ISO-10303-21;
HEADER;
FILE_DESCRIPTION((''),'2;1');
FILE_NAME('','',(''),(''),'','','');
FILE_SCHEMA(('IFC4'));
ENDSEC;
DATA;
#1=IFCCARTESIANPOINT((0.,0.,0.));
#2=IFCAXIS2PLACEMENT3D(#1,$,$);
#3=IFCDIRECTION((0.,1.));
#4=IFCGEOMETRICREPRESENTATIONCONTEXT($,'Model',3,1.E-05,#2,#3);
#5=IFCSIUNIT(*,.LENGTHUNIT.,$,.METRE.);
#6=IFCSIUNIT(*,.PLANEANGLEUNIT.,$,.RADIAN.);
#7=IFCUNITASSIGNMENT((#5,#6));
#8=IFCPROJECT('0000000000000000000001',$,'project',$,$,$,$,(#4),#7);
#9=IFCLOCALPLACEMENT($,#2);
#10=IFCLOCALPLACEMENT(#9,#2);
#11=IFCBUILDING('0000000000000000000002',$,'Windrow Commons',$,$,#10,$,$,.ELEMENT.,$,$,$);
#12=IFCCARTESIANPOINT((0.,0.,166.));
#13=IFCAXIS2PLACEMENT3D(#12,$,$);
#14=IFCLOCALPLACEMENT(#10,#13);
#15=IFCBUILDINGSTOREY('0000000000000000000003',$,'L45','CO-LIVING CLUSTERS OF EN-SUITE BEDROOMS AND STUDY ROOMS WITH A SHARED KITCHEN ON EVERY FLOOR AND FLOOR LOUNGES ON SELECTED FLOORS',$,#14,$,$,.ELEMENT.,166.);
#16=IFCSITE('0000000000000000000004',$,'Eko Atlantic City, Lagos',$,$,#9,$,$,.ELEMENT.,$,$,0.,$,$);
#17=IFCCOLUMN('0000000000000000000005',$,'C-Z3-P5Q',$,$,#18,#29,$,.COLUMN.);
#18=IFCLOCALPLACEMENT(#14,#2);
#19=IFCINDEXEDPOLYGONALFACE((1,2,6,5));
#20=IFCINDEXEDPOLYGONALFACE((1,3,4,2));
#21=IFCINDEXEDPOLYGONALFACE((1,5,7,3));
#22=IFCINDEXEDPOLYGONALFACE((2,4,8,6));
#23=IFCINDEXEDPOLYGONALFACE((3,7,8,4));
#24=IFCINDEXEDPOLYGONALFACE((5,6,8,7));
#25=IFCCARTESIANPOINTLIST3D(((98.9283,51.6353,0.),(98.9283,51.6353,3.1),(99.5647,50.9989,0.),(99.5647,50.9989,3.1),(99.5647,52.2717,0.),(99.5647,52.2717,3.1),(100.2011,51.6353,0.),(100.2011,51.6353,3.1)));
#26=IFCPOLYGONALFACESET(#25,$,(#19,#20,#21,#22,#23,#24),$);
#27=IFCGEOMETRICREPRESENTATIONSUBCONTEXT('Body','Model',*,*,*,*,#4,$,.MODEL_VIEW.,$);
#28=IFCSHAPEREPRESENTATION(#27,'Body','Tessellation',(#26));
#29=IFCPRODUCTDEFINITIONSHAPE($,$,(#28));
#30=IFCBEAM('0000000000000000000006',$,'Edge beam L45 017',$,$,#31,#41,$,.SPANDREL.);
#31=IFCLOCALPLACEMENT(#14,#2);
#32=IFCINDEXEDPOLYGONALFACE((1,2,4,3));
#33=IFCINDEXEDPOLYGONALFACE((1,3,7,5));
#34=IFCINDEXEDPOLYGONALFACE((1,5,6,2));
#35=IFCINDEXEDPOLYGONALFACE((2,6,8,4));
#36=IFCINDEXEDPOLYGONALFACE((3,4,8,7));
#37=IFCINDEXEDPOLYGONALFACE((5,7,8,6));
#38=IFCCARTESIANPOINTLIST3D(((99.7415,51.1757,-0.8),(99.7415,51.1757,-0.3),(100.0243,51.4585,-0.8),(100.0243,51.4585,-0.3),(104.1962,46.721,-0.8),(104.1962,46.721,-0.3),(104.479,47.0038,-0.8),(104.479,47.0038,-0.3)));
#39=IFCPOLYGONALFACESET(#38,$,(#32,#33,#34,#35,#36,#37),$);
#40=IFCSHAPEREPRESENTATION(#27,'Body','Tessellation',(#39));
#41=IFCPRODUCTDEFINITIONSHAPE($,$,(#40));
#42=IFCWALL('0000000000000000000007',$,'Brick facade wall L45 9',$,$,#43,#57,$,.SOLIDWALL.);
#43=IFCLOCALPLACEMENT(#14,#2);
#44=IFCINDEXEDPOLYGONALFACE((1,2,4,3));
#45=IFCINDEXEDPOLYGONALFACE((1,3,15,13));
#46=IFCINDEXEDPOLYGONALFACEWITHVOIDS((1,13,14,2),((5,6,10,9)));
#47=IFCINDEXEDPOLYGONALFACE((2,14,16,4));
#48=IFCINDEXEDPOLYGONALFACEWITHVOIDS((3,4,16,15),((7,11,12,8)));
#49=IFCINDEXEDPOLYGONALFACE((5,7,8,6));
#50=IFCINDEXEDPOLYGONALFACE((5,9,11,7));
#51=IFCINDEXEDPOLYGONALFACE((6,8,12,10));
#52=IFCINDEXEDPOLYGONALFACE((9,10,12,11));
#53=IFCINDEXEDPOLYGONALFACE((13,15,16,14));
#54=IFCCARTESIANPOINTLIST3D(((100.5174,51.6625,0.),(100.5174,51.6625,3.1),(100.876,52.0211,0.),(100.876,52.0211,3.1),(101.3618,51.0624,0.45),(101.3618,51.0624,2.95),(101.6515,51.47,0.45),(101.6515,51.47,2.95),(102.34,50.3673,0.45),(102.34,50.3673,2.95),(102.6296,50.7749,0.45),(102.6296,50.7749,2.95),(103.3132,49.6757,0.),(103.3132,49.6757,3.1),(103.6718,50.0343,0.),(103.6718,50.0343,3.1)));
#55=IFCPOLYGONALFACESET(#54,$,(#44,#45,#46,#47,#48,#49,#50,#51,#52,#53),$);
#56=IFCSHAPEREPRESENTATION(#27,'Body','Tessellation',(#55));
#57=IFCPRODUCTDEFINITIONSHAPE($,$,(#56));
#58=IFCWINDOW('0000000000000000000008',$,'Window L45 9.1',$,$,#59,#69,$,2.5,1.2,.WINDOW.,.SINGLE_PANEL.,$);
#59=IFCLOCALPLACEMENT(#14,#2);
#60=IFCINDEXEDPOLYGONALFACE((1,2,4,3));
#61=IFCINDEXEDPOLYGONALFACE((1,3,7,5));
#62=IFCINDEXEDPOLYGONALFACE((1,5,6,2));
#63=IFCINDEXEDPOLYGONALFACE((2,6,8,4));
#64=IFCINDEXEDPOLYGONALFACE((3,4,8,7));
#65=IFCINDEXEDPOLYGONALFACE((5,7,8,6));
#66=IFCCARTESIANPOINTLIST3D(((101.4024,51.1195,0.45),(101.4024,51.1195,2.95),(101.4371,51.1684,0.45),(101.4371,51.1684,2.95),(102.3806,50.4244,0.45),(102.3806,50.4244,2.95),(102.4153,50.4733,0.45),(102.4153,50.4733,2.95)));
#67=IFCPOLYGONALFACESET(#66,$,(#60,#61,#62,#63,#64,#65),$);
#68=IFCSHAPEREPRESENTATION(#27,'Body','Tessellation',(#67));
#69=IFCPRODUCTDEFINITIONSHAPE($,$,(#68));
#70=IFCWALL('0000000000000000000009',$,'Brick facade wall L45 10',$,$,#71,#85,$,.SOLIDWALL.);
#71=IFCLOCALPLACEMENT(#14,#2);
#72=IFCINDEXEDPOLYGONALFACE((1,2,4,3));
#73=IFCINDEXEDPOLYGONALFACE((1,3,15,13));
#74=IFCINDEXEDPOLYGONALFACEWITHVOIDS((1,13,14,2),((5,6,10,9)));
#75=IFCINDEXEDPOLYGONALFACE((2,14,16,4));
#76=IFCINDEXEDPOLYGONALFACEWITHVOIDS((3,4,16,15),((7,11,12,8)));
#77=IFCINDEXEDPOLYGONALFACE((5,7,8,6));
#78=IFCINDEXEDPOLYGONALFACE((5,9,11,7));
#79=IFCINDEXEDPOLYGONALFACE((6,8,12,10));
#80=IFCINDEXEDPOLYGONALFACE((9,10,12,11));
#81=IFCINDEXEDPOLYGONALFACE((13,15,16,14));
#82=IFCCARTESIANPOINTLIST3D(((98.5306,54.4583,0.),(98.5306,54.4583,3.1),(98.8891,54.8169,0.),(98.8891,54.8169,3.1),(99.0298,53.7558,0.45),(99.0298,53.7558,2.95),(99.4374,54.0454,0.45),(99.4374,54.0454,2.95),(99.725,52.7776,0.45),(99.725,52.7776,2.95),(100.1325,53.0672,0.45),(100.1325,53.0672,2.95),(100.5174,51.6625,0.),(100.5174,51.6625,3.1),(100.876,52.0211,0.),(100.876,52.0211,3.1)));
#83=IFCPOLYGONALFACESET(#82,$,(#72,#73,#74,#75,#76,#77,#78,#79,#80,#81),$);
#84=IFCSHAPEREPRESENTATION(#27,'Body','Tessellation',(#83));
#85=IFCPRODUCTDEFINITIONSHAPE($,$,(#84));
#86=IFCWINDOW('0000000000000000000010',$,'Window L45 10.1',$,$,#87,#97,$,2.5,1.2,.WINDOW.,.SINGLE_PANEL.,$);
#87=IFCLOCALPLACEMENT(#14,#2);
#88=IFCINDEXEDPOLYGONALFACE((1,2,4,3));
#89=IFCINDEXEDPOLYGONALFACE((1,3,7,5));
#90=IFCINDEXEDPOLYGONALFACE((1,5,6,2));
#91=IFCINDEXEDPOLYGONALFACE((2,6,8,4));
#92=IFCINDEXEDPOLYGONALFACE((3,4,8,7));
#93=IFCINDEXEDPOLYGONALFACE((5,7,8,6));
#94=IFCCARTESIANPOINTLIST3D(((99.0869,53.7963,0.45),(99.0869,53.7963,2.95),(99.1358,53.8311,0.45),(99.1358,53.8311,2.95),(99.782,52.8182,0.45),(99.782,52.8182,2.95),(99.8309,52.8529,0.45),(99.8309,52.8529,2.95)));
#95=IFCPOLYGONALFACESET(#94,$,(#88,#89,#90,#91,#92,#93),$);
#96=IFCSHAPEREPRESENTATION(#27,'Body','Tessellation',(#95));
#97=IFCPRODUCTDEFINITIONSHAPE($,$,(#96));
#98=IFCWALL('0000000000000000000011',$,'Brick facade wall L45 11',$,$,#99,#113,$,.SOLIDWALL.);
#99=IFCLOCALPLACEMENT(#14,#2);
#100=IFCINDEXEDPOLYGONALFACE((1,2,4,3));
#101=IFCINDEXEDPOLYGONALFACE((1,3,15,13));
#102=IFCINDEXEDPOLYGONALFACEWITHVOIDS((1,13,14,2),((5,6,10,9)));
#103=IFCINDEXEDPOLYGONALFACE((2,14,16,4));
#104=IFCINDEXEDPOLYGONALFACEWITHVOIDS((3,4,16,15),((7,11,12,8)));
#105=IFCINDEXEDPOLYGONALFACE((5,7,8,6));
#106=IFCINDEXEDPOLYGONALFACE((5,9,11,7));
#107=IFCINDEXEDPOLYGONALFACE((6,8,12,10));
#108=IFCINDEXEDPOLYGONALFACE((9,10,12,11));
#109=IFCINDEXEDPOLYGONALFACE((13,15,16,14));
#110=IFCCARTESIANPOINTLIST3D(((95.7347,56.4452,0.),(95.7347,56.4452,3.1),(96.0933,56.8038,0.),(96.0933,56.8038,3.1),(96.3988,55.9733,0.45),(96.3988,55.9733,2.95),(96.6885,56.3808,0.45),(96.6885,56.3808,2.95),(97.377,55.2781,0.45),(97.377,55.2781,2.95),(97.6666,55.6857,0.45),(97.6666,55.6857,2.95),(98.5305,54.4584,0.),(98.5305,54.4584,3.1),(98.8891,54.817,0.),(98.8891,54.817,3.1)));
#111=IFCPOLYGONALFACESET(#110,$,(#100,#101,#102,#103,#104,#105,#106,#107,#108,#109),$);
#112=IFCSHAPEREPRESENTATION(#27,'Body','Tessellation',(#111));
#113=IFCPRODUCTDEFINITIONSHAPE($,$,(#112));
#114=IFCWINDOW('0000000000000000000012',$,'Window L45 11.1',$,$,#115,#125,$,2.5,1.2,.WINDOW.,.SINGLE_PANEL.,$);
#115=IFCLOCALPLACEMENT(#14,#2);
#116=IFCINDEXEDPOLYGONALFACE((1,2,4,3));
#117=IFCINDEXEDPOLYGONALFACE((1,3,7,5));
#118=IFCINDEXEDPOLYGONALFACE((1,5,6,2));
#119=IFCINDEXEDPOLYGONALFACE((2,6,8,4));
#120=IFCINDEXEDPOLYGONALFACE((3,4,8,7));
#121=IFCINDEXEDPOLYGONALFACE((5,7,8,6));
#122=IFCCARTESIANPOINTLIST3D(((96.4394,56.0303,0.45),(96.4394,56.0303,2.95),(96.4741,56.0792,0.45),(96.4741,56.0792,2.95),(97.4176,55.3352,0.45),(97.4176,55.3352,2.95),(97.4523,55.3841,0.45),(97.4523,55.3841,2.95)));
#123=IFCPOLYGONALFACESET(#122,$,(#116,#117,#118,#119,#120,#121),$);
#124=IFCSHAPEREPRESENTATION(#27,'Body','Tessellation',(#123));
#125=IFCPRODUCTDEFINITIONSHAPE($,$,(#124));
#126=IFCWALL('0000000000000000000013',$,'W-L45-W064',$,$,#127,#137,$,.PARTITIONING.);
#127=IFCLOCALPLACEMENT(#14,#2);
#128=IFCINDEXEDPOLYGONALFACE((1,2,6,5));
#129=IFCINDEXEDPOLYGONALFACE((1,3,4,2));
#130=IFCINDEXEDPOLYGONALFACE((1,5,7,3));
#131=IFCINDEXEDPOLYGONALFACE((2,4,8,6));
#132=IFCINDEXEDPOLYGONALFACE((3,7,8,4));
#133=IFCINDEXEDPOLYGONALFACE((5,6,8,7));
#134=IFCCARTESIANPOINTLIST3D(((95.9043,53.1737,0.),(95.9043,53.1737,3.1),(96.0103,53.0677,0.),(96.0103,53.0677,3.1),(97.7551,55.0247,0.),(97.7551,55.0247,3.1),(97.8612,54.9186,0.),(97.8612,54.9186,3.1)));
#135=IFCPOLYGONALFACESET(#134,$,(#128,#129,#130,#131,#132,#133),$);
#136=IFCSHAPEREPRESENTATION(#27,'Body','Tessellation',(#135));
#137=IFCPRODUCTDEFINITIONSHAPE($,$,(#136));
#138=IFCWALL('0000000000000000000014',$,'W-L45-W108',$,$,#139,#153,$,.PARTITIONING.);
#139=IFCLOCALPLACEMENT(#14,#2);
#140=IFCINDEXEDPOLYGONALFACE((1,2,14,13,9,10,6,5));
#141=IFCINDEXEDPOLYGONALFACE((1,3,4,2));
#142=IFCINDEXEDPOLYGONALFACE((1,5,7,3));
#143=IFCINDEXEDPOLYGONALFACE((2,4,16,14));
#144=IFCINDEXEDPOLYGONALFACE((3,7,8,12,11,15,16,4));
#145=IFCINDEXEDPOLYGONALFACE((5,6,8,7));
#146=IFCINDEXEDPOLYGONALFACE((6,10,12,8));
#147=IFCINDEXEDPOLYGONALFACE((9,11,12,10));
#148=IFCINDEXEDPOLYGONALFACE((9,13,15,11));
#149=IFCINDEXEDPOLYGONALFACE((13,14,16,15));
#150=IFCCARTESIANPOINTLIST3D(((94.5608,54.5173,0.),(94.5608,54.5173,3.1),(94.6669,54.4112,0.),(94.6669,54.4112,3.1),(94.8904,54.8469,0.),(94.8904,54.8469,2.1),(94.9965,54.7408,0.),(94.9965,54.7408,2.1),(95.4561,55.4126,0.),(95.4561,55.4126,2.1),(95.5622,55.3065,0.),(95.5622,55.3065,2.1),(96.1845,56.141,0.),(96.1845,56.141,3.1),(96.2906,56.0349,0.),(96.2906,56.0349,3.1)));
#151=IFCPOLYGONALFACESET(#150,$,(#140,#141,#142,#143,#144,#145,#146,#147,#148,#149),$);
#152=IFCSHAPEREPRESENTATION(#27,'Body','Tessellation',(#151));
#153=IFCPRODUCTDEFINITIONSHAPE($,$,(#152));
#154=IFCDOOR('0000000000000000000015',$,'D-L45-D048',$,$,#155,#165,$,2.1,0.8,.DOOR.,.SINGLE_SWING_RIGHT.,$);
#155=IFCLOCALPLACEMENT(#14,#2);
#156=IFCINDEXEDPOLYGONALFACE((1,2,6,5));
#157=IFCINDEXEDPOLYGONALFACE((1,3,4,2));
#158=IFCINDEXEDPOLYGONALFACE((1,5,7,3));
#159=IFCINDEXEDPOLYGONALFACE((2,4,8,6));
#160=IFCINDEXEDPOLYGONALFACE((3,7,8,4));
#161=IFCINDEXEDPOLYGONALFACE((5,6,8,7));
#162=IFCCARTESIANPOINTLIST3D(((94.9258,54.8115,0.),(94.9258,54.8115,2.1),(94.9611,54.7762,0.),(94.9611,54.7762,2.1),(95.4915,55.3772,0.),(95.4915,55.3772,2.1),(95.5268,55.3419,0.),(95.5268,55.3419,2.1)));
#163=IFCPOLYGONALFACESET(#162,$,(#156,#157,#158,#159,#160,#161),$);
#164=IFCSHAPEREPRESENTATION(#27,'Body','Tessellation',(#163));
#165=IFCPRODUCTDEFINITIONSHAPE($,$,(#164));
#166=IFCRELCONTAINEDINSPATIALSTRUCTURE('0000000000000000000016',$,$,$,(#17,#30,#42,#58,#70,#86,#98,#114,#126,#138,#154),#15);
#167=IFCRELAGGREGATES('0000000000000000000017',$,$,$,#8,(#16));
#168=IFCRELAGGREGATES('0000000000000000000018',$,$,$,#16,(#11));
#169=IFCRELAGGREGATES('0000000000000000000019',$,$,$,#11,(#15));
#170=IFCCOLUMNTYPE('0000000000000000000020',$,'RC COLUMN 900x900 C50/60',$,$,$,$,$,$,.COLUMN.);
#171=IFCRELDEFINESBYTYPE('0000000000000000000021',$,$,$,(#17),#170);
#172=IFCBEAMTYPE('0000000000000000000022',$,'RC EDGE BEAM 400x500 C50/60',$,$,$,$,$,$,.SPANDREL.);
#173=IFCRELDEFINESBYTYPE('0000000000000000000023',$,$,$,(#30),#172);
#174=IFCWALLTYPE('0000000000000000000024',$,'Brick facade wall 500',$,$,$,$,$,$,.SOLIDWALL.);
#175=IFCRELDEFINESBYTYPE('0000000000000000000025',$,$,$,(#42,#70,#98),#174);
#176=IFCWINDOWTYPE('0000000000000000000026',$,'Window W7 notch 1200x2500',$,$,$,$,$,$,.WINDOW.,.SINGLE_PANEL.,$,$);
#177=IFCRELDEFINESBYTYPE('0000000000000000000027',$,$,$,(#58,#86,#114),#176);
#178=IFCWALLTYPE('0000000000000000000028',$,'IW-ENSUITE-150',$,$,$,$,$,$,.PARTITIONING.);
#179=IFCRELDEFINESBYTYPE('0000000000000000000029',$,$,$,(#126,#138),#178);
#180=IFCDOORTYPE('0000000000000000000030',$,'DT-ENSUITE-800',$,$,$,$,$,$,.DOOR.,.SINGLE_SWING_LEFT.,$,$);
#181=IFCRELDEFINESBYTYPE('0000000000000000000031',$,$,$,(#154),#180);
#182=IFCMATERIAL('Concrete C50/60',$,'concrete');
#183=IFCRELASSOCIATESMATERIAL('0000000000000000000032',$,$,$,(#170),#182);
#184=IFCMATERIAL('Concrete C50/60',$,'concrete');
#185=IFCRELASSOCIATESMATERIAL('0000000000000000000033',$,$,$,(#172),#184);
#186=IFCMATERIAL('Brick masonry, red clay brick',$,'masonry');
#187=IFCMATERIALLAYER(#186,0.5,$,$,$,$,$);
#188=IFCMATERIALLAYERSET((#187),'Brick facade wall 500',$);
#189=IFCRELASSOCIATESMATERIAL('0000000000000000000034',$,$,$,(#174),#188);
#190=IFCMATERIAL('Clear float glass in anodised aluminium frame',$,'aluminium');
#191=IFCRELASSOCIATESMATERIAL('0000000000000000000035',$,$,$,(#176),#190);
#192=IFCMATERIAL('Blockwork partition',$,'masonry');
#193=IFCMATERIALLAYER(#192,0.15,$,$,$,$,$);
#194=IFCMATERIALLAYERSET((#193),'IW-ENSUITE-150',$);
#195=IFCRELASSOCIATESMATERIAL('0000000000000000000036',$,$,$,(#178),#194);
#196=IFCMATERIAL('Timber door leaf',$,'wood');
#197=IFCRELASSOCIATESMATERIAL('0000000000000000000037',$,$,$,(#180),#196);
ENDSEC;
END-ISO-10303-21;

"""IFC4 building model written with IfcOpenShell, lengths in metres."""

from ifc_helpers import new_model, si_unit, direction, frame, frame_2d, origin, origin_2d, place, context, subcontext, project, spatial, polyline, rectangle, outline, extrude, material, layer, layer_set, material_profile, profile_set, type_object, element, fill, save


model = new_model("IFC4")

# Units and contexts
model_context = context("Model", 3, precision=1e-05, world=origin(), true_north=direction((0.0, 1.0)))
body_context = subcontext(model_context, "Body", "Model", "MODEL_VIEW")
ifc_project = project(units=[si_unit("LENGTHUNIT", "METRE"), si_unit("PLANEANGLEUNIT", "RADIAN")], contexts=[model_context])

# Site, building, storey
site_placement = place(None, origin())
site = spatial("IfcSite", under=ifc_project, at=site_placement, Name="Eko Atlantic City, Lagos", CompositionType="ELEMENT", RefElevation=0.0)
building_placement = place(site_placement, origin())
building = spatial("IfcBuilding", under=site, at=building_placement, Name="Windrow Commons", CompositionType="ELEMENT")
storey_placement = place(building_placement, frame((0.0, 0.0, 166.0)))
storey = spatial("IfcBuildingStorey", under=building, at=storey_placement, Name="L45", Description="CO-LIVING CLUSTERS OF EN-SUITE BEDROOMS AND STUDY ROOMS WITH A SHARED KITCHEN ON EVERY FLOOR AND FLOOR LOUNGES ON SELECTED FLOORS", CompositionType="ELEMENT", Elevation=166.0)

# Column
ifc_material_1 = material(Name="Concrete C50/60", Category="concrete")
ifc_material_profile_1 = material_profile(ifc_material_1, rectangle(XDim=0.9, YDim=0.9, at=origin_2d()))
ifc_profile_set_1 = profile_set([ifc_material_profile_1], Name="Concrete C50/60")
column_type = type_object("IfcColumnType", Name="RC COLUMN 900x900 C50/60", PredefinedType="COLUMN", material=ifc_profile_set_1)
column_placement = place(storey_placement, frame((99.5647, 51.6353, 0.0), z_axis=(0.0, 0.0, 1.0), x_axis=(0.707107, -0.707107, 0.0)))
element("IfcColumn", 1, at=column_placement, inside=storey, type_object=column_type, Name="C-Z3-P5Q", PredefinedType="COLUMN", context=body_context, shape_type="SweptSolid", body=[
    extrude(rectangle(XDim=0.9, YDim=0.9, at=origin_2d()), origin(), (0.0, 0.0, 1.0), 3.1),
])

# Beam
ifc_material_2 = material(Name="Concrete C50/60", Category="concrete")
ifc_material_profile_2 = material_profile(ifc_material_2, rectangle(XDim=0.4, YDim=0.5, at=origin_2d()))
ifc_profile_set_2 = profile_set([ifc_material_profile_2], Name="Concrete C50/60")
beam_type = type_object("IfcBeamType", Name="RC EDGE BEAM 400x500 C50/60", PredefinedType="SPANDREL", material=ifc_profile_set_2)
beam_placement = place(storey_placement, frame((99.8829, 51.3171, -0.55), z_axis=(0.707107, -0.707107, 0.0), x_axis=(0.707107, 0.707107, 0.0)))
element("IfcBeam", 2, at=beam_placement, inside=storey, type_object=beam_type, Name="Edge beam L45 017", PredefinedType="SPANDREL", context=body_context, shape_type="SweptSolid", body=[
    extrude(rectangle(XDim=0.4, YDim=0.5, at=origin_2d()), origin(), (0.0, 0.0, 1.0), 6.2999),
])

# Walls, openings, windows
ifc_material_3 = material(Name="Brick masonry, red clay brick", Category="masonry")
ifc_layer_1 = layer(ifc_material_3, 0.5)
ifc_layer_set_1 = layer_set([ifc_layer_1], Name="Brick facade wall 500")
wall_type_1 = type_object("IfcWallType", Name="Brick facade wall 500", PredefinedType="SOLIDWALL", material=ifc_layer_set_1)
wall_1_placement = place(storey_placement, frame((103.4925, 49.855, 0.0), z_axis=(0.0, 0.0, 1.0), x_axis=(-0.815138, 0.579267, 0.0)))
wall_1 = element("IfcWall", 3, at=wall_1_placement, inside=storey, type_object=wall_type_1, Name="Brick facade wall L45 9", PredefinedType="SOLIDWALL", context=body_context, shape_type="SweptSolid", body=[
    extrude(outline(polyline([(-0.0423, -0.25), (3.3876, -0.25), (3.4722, 0.25), (0.0423, 0.25), (-0.0423, -0.25)])), origin(), (0.0, 0.0, 1.0), 3.1),
])
opening_1_placement = place(wall_1_placement, frame((1.2362, 0.0, 0.45)))
opening_1 = element("IfcOpeningElement", 4, at=opening_1_placement, cuts=wall_1, PredefinedType="OPENING", context=body_context, shape_type="SweptSolid", body=[
    extrude(rectangle(XDim=1.2, YDim=2.5, at=frame_2d((0.6, 1.25))), frame((0.0, 0.26, 0.0), z_axis=(0.0, -1.0, 0.0), x_axis=(1.0, 0.0, 0.0)), (0.0, 0.0, 1.0), 0.52),
])
ifc_material_4 = material(Name="Clear float glass in anodised aluminium frame", Category="aluminium")
window_type = type_object("IfcWindowType", Name="Window W7 notch 1200x2500", PartitioningType="SINGLE_PANEL", PredefinedType="WINDOW", material=ifc_material_4)
window_1_placement = place(opening_1_placement, origin())
window_1 = element("IfcWindow", 5, at=window_1_placement, inside=storey, type_object=window_type, Name="Window L45 9.1", OverallHeight=2.5, OverallWidth=1.2, PartitioningType="SINGLE_PANEL", PredefinedType="WINDOW", context=body_context, shape_type="SweptSolid", body=[
    extrude(rectangle(XDim=1.2, YDim=2.5, at=frame_2d((0.6, 1.25))), frame((0.0, 0.18, 0.0), z_axis=(0.0, -1.0, 0.0), x_axis=(1.0, 0.0, 0.0)), (0.0, 0.0, 1.0), 0.06),
])
fill(opening_1, window_1)
wall_2_placement = place(storey_placement, frame((100.6967, 51.8418, 0.0), z_axis=(0.0, 0.0, 1.0), x_axis=(-0.579273, 0.815134, 0.0)))
wall_2 = element("IfcWall", 6, at=wall_2_placement, inside=storey, type_object=wall_type_1, Name="Brick facade wall L45 10", PredefinedType="SOLIDWALL", context=body_context, shape_type="SweptSolid", body=[
    extrude(outline(polyline([(0.0423, -0.25), (3.4722, -0.25), (3.3876, 0.25), (-0.0423, 0.25), (0.0423, -0.25)])), origin(), (0.0, 0.0, 1.0), 3.1),
])
opening_2_placement = place(wall_2_placement, frame((1.3257, 0.0, 0.45)))
opening_2 = element("IfcOpeningElement", 7, at=opening_2_placement, cuts=wall_2, PredefinedType="OPENING", context=body_context, shape_type="SweptSolid", body=[
    extrude(rectangle(XDim=1.2, YDim=2.5, at=frame_2d((0.6, 1.25))), frame((0.0, 0.26, 0.0), z_axis=(0.0, -1.0, 0.0), x_axis=(1.0, 0.0, 0.0)), (0.0, 0.0, 1.0), 0.52),
])
window_2_placement = place(opening_2_placement, origin())
window_2 = element("IfcWindow", 8, at=window_2_placement, inside=storey, type_object=window_type, Name="Window L45 10.1", OverallHeight=2.5, OverallWidth=1.2, PartitioningType="SINGLE_PANEL", PredefinedType="WINDOW", context=body_context, shape_type="SweptSolid", body=[
    extrude(rectangle(XDim=1.2, YDim=2.5, at=frame_2d((0.6, 1.25))), frame((0.0, 0.18, 0.0), z_axis=(0.0, -1.0, 0.0), x_axis=(1.0, 0.0, 0.0)), (0.0, 0.0, 1.0), 0.06),
])
fill(opening_2, window_2)
wall_3_placement = place(storey_placement, frame((98.7098, 54.6377, 0.0), z_axis=(0.0, 0.0, 1.0), x_axis=(-0.815138, 0.579267, 0.0)))
wall_3 = element("IfcWall", 9, at=wall_3_placement, inside=storey, type_object=wall_type_1, Name="Brick facade wall L45 11", PredefinedType="SOLIDWALL", context=body_context, shape_type="SweptSolid", body=[
    extrude(outline(polyline([(-0.0423, -0.25), (3.3876, -0.25), (3.4722, 0.25), (0.0423, 0.25), (-0.0423, -0.25)])), origin(), (0.0, 0.0, 1.0), 3.1),
])
opening_3_placement = place(wall_3_placement, frame((1.4574, 0.0, 0.45)))
opening_3 = element("IfcOpeningElement", 10, at=opening_3_placement, cuts=wall_3, PredefinedType="OPENING", context=body_context, shape_type="SweptSolid", body=[
    extrude(rectangle(XDim=1.2, YDim=2.5, at=frame_2d((0.6, 1.25))), frame((0.0, 0.26, 0.0), z_axis=(0.0, -1.0, 0.0), x_axis=(1.0, 0.0, 0.0)), (0.0, 0.0, 1.0), 0.52),
])
window_3_placement = place(opening_3_placement, origin())
window_3 = element("IfcWindow", 11, at=window_3_placement, inside=storey, type_object=window_type, Name="Window L45 11.1", OverallHeight=2.5, OverallWidth=1.2, PartitioningType="SINGLE_PANEL", PredefinedType="WINDOW", context=body_context, shape_type="SweptSolid", body=[
    extrude(rectangle(XDim=1.2, YDim=2.5, at=frame_2d((0.6, 1.25))), frame((0.0, 0.18, 0.0), z_axis=(0.0, -1.0, 0.0), x_axis=(1.0, 0.0, 0.0)), (0.0, 0.0, 1.0), 0.06),
])
fill(opening_3, window_3)

# Wall
ifc_material_5 = material(Name="Blockwork partition", Category="masonry")
ifc_layer_2 = layer(ifc_material_5, 0.15)
ifc_layer_set_2 = layer_set([ifc_layer_2], Name="IW-ENSUITE-150")
wall_type_2 = type_object("IfcWallType", Name="IW-ENSUITE-150", PredefinedType="PARTITIONING", material=ifc_layer_set_2)
wall_4_placement = place(storey_placement, frame((95.9573, 53.1207, 0.0), z_axis=(0.0, 0.0, 1.0), x_axis=(0.707088, 0.707126, 0.0)))
element("IfcWall", 12, at=wall_4_placement, inside=storey, type_object=wall_type_2, Name="W-L45-W064", PredefinedType="PARTITIONING", context=body_context, shape_type="SweptSolid", body=[
    extrude(rectangle(XDim=2.6176, YDim=0.15, at=frame_2d((1.3088, 0.0))), origin(), (0.0, 0.0, 1.0), 3.1),
])

# Wall, opening, door
wall_5_placement = place(storey_placement, frame((94.6138, 54.4642, 0.0), z_axis=(0.0, 0.0, 1.0), x_axis=(0.707107, 0.707107, 0.0)))
wall_5 = element("IfcWall", 13, at=wall_5_placement, inside=storey, type_object=wall_type_2, Name="W-L45-W108", PredefinedType="PARTITIONING", context=body_context, shape_type="SweptSolid", body=[
    extrude(rectangle(XDim=2.2963, YDim=0.15, at=frame_2d((1.1482, 0.0))), origin(), (0.0, 0.0, 1.0), 3.1),
])
opening_4_placement = place(wall_5_placement, frame((0.4662, 0.0, 0.0)))
opening_4 = element("IfcOpeningElement", 14, at=opening_4_placement, cuts=wall_5, PredefinedType="OPENING", context=body_context, shape_type="SweptSolid", body=[
    extrude(rectangle(XDim=0.8, YDim=2.1, at=frame_2d((0.4, 1.05))), frame((0.0, 0.085, 0.0), z_axis=(0.0, -1.0, 0.0), x_axis=(1.0, 0.0, 0.0)), (0.0, 0.0, 1.0), 0.17),
])
ifc_material_6 = material(Name="Timber door leaf", Category="wood")
door_type_1 = type_object("IfcDoorType", Name="DT-ENSUITE-800", OperationType="SINGLE_SWING_LEFT", PredefinedType="DOOR", material=ifc_material_6)
door_1_placement = place(opening_4_placement, origin())
door_1 = element("IfcDoor", 15, at=door_1_placement, inside=storey, type_object=door_type_1, Name="D-L45-D048", OperationType="SINGLE_SWING_RIGHT", OverallHeight=2.1, OverallWidth=0.8, PredefinedType="DOOR", context=body_context, shape_type="SweptSolid", body=[
    extrude(rectangle(XDim=0.8, YDim=2.1, at=frame_2d((0.4, 1.05))), frame((0.0, 0.025, 0.0), z_axis=(0.0, -1.0, 0.0), x_axis=(1.0, 0.0, 0.0)), (0.0, 0.0, 1.0), 0.05),
])
fill(opening_4, door_1)

save(model, "model.ifc")
